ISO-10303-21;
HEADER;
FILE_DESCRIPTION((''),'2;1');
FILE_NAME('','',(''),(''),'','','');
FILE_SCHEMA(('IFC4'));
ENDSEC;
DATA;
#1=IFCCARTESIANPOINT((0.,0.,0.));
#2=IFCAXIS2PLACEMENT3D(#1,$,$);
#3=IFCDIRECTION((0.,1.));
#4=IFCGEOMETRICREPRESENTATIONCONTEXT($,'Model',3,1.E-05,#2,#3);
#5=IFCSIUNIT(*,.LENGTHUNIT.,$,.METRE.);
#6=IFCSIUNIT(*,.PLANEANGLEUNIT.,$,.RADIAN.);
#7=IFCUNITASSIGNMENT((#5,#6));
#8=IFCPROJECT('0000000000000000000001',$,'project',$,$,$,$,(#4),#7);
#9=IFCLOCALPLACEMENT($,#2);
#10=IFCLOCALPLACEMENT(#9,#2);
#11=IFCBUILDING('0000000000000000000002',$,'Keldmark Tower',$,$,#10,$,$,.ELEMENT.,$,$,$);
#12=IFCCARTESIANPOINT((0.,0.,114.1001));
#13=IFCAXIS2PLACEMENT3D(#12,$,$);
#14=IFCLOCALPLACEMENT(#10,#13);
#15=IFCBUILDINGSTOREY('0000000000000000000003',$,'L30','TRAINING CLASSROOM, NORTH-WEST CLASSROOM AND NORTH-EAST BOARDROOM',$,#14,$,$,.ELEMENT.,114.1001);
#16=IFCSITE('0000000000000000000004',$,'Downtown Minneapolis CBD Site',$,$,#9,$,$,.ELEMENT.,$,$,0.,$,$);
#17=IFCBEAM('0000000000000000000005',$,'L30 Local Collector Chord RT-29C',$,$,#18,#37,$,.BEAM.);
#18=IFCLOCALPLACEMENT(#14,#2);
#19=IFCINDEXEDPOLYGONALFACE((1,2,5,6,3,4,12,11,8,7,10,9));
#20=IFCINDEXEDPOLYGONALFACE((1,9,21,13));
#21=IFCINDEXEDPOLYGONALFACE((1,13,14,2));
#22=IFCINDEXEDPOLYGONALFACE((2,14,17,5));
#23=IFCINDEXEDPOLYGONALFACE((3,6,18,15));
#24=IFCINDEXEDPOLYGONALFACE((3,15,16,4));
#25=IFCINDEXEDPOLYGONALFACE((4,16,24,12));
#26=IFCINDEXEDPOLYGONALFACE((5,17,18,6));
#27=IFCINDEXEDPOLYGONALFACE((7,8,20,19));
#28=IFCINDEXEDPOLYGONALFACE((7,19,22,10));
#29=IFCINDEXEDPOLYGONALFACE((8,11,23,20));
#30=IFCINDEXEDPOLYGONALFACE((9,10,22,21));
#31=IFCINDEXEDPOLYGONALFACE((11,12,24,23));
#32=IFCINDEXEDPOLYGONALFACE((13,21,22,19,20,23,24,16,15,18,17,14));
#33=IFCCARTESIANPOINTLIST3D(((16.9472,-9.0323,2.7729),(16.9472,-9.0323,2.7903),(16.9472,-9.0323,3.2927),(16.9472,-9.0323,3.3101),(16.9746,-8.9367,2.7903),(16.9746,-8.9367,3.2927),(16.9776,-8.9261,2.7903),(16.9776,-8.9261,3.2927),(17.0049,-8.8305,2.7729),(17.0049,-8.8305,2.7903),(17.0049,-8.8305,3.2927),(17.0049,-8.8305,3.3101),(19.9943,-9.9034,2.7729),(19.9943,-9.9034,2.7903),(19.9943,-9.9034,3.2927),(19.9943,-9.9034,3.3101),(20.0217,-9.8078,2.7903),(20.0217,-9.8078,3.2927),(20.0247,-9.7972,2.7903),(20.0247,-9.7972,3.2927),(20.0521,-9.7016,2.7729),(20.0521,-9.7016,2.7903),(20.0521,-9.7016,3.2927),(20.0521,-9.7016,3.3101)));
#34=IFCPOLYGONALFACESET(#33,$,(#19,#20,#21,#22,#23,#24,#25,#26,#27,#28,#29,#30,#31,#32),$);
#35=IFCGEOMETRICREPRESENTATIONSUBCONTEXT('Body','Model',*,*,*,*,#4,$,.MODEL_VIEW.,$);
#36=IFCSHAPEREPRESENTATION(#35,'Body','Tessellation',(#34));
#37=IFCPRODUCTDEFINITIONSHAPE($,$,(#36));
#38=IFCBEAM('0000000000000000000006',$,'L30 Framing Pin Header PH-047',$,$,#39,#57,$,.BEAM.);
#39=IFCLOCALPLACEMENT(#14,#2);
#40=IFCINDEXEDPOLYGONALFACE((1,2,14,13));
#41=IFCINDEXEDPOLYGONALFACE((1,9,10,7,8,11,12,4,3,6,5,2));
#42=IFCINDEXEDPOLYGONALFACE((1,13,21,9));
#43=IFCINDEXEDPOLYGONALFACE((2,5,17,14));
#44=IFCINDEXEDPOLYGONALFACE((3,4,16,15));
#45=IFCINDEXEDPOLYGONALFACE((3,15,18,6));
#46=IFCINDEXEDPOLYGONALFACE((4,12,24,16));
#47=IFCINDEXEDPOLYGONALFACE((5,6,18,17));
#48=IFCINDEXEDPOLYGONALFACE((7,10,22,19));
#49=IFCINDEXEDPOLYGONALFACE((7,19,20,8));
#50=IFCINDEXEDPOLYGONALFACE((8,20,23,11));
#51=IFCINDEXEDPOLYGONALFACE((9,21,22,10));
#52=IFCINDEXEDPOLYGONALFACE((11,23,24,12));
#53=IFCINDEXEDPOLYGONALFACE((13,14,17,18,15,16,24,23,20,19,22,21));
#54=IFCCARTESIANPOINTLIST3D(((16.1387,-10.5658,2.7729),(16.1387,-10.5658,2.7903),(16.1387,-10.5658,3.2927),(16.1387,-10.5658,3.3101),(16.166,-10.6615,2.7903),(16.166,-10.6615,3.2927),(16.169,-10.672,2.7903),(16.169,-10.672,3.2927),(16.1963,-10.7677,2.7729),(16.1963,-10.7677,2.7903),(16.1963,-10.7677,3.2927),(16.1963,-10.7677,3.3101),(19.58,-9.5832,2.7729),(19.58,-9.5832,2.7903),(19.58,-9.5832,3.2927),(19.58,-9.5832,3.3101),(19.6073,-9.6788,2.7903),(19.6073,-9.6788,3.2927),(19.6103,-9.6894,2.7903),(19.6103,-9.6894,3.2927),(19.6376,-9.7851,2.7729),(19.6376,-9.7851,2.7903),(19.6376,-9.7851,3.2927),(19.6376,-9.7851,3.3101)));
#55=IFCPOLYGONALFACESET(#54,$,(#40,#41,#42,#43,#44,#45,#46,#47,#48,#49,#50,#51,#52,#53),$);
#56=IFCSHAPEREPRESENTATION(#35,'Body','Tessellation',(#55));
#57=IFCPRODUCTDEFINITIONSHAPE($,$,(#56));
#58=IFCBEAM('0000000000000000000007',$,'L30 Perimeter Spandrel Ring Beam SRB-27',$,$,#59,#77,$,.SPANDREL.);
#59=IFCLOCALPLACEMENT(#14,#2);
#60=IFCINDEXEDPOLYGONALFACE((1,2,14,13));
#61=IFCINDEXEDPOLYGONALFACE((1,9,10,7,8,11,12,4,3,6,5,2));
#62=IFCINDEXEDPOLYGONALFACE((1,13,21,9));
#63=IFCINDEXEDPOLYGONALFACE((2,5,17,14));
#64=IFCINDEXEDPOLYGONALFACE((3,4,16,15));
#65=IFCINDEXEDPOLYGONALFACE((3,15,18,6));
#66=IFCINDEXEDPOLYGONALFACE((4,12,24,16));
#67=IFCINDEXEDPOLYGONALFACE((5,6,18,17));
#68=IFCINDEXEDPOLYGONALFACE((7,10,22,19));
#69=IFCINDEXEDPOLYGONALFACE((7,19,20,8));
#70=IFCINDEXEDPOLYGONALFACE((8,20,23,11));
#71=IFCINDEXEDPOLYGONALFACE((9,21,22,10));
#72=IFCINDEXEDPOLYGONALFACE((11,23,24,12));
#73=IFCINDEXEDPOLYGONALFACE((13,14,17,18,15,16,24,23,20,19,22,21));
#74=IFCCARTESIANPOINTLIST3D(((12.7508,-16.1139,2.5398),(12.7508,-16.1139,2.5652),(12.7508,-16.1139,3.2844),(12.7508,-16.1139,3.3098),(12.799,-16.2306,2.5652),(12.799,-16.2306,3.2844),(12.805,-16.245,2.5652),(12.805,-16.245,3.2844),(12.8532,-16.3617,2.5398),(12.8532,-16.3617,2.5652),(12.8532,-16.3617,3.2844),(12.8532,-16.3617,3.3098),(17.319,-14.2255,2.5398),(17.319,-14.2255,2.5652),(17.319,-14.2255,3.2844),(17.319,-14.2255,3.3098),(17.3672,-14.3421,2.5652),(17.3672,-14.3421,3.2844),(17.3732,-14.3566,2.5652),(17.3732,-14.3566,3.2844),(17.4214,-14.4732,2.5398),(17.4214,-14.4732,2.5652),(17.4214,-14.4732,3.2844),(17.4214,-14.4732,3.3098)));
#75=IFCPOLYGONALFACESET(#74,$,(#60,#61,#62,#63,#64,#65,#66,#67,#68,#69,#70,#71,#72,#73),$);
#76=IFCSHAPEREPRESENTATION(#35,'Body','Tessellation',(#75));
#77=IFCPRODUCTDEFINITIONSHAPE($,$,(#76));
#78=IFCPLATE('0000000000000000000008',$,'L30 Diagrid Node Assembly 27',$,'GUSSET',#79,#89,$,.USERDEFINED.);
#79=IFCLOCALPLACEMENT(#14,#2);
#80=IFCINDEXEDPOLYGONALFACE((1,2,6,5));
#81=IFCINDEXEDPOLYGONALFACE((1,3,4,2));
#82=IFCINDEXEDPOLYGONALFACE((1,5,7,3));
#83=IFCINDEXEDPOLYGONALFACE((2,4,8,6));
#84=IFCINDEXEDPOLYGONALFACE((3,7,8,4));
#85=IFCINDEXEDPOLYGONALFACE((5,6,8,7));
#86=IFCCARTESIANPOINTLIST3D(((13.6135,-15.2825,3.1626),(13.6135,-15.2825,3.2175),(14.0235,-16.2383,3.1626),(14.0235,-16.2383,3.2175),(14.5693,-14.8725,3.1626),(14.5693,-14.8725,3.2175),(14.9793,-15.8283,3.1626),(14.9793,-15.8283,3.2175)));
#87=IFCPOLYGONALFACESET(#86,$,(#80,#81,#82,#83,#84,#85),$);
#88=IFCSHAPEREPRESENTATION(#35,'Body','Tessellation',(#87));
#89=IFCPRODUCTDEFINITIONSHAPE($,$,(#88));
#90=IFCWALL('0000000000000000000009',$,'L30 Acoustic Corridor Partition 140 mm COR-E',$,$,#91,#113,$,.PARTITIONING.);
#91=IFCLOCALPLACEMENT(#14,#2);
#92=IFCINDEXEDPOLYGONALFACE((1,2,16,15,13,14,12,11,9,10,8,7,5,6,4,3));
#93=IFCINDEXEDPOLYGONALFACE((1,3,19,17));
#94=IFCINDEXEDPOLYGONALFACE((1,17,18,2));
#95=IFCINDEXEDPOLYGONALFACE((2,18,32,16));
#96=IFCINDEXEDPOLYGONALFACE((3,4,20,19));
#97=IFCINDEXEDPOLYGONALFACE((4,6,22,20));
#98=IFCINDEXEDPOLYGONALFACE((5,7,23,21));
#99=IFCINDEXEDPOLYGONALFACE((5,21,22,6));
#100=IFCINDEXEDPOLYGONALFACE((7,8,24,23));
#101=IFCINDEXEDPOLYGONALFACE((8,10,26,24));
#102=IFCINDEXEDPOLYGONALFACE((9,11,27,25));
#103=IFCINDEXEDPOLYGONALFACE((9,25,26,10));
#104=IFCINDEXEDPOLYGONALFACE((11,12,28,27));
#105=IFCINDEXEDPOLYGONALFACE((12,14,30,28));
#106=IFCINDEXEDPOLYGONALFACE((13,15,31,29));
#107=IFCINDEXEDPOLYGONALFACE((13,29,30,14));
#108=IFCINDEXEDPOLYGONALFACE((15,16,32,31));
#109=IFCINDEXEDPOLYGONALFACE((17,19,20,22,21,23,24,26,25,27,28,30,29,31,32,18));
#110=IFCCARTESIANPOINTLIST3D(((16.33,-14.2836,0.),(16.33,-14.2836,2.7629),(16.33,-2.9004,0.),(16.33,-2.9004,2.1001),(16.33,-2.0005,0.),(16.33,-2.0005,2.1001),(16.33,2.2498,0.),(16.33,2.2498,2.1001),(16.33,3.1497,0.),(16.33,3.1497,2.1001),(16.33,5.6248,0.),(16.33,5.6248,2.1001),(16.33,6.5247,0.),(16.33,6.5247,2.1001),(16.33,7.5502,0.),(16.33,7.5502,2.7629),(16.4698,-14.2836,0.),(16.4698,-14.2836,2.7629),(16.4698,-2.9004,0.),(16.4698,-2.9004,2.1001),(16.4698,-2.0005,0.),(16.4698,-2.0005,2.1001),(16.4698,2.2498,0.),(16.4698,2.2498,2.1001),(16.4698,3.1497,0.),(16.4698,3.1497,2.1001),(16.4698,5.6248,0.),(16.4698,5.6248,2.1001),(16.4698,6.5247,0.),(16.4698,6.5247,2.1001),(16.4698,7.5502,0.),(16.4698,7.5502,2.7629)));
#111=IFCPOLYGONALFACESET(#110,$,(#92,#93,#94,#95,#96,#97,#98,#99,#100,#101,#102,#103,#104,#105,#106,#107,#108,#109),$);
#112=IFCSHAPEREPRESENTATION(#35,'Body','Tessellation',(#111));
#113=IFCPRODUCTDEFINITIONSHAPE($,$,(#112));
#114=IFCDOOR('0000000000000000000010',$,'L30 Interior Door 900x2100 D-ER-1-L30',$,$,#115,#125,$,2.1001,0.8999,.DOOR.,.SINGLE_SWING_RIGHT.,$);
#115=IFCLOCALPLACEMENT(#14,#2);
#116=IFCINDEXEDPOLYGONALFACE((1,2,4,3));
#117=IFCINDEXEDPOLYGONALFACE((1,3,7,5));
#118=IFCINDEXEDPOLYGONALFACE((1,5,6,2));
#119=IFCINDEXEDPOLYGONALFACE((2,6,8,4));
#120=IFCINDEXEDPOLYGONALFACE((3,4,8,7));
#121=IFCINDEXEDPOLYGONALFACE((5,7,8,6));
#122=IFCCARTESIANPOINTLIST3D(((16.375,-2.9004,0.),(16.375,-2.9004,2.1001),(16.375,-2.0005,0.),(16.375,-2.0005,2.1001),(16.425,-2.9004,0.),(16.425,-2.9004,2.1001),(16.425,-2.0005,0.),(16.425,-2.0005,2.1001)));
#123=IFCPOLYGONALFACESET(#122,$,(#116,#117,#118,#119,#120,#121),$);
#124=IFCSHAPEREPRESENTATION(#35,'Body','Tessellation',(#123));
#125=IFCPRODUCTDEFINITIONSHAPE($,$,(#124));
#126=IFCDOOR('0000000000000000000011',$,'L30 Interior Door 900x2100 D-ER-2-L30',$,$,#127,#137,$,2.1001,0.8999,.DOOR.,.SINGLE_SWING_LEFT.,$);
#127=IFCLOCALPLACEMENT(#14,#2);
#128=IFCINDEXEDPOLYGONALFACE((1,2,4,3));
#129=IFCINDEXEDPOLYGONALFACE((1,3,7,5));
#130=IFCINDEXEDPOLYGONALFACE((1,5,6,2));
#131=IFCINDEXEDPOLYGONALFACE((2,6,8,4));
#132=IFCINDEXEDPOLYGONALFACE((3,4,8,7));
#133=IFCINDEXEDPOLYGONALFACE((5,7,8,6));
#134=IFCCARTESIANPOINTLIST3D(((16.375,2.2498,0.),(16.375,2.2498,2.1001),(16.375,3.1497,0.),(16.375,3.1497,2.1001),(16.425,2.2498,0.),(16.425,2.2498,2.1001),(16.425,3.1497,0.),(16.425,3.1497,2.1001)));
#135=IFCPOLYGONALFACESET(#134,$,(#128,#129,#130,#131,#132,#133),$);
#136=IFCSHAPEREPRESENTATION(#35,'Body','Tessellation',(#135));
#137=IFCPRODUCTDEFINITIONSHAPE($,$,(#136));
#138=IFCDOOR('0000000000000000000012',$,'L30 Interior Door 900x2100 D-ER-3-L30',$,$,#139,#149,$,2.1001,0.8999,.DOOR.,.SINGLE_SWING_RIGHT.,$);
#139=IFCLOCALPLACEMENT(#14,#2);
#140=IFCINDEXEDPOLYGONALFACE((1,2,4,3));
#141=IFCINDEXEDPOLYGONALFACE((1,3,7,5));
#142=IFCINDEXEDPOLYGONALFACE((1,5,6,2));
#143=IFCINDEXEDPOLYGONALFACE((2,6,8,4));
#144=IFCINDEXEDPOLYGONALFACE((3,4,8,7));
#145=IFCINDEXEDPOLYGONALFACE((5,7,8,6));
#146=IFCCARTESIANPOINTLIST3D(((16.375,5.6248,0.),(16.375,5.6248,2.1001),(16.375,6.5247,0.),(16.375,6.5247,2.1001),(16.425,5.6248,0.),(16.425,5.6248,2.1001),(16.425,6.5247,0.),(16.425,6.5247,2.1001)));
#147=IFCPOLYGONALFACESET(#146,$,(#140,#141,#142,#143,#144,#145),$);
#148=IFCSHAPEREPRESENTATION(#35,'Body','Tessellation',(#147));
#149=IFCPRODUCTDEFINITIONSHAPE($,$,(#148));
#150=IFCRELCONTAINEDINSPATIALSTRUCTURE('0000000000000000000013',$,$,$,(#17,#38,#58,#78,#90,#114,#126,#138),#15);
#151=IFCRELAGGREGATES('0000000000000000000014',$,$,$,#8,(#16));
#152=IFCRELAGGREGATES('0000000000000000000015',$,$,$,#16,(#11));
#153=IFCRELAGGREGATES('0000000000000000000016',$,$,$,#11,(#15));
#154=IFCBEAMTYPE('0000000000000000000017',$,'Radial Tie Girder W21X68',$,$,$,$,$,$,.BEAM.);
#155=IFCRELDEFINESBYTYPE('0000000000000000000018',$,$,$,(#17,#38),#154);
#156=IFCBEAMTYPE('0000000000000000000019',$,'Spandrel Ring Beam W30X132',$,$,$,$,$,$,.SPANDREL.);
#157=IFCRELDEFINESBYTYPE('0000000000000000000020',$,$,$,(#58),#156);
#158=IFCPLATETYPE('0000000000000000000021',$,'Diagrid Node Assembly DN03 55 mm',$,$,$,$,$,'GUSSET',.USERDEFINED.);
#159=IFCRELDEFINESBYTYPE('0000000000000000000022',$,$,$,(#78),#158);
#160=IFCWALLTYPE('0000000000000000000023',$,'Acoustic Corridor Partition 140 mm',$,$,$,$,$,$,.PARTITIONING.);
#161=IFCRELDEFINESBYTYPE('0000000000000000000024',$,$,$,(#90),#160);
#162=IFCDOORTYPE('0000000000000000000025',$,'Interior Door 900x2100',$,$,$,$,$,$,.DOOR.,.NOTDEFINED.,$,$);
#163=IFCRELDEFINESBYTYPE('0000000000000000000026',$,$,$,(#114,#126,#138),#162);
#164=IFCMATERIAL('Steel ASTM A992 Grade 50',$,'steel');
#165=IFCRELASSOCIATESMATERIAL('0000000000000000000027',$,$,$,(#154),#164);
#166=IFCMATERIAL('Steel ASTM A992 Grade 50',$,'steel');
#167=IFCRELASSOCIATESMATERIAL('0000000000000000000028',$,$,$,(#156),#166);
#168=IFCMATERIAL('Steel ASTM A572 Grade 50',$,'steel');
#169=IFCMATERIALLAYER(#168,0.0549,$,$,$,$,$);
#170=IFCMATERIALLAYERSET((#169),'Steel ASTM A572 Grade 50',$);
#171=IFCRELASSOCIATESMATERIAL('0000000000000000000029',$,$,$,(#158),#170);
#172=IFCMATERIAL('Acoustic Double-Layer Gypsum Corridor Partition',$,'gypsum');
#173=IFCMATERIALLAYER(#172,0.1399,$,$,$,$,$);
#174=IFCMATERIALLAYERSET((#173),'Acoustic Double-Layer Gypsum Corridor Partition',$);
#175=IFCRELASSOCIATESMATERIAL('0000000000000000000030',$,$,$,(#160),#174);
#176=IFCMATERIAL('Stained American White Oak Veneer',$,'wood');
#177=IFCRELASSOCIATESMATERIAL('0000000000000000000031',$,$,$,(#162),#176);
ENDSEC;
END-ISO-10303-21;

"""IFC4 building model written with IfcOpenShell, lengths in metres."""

from ifc_helpers import new_model, si_unit, direction, frame, frame_2d, origin, origin_2d, place, context, subcontext, project, spatial, rectangle, i_section, extrude, material, layer, layer_set, material_profile, profile_set, type_object, element, fill, save


model = new_model("IFC4")

# Units and contexts
model_context = context("Model", 3, precision=1e-05, world=origin(), true_north=direction((0.0, 1.0)))
body_context = subcontext(model_context, "Body", "Model", "MODEL_VIEW")
ifc_project = project(units=[si_unit("LENGTHUNIT", "METRE"), si_unit("PLANEANGLEUNIT", "RADIAN")], contexts=[model_context])

# Site, building, storey
site_placement = place(None, origin())
site = spatial("IfcSite", under=ifc_project, at=site_placement, Name="Downtown Minneapolis CBD Site", CompositionType="ELEMENT", RefElevation=0.0)
building_placement = place(site_placement, origin())
building = spatial("IfcBuilding", under=site, at=building_placement, Name="Keldmark Tower", CompositionType="ELEMENT")
storey_placement = place(building_placement, frame((0.0, 0.0, 114.1001)))
storey = spatial("IfcBuildingStorey", under=building, at=storey_placement, Name="L30", Description="TRAINING CLASSROOM, NORTH-WEST CLASSROOM AND NORTH-EAST BOARDROOM", CompositionType="ELEMENT", Elevation=114.1001)

# Beams
ifc_material_1 = material(Name="Steel ASTM A992 Grade 50", Category="steel")
ifc_material_profile_1 = material_profile(ifc_material_1, i_section(OverallWidth=0.21, OverallDepth=0.5371, WebThickness=0.011, FlangeThickness=0.0173, at=origin_2d()), Name="W21X68")
ifc_profile_set_1 = profile_set([ifc_material_profile_1], Name="Steel ASTM A992 Grade 50")
beam_type_1 = type_object("IfcBeamType", Name="Radial Tie Girder W21X68", PredefinedType="BEAM", material=ifc_profile_set_1)
beam_1_placement = place(storey_placement, frame((16.9761, -8.9314, 3.0415), z_axis=(0.961483, -0.274864, 0.0), x_axis=(0.274864, 0.961483, 0.0)))
element("IfcBeam", 1, at=beam_1_placement, inside=storey, type_object=beam_type_1, Name="L30 Local Collector Chord RT-29C", PredefinedType="BEAM", context=body_context, shape_type="SweptSolid", body=[
    extrude(i_section(OverallWidth=0.21, OverallDepth=0.5371, WebThickness=0.011, FlangeThickness=0.0173, at=origin_2d()), origin(), (0.0, 0.0, 1.0), 3.1692),
])
beam_2_placement = place(storey_placement, frame((16.1675, -10.6667, 3.0415), z_axis=(0.961568, 0.274568, 0.0), x_axis=(-0.274568, 0.961568, 0.0)))
element("IfcBeam", 2, at=beam_2_placement, inside=storey, type_object=beam_type_1, Name="L30 Framing Pin Header PH-047", PredefinedType="BEAM", context=body_context, shape_type="SweptSolid", body=[
    extrude(i_section(OverallWidth=0.21, OverallDepth=0.5371, WebThickness=0.011, FlangeThickness=0.0173, at=origin_2d()), origin(), (0.0, 0.0, 1.0), 3.5789),
])
ifc_material_2 = material(Name="Steel ASTM A992 Grade 50", Category="steel")
ifc_material_profile_2 = material_profile(ifc_material_2, i_section(OverallWidth=0.2681, OverallDepth=0.77, WebThickness=0.0156, FlangeThickness=0.0254, at=origin_2d()), Name="W30X132")
ifc_profile_set_2 = profile_set([ifc_material_profile_2], Name="Steel ASTM A992 Grade 50")
beam_type_2 = type_object("IfcBeamType", Name="Spandrel Ring Beam W30X132", PredefinedType="SPANDREL", material=ifc_profile_set_2)
beam_3_placement = place(storey_placement, frame((12.802, -16.2378, 2.9248), z_axis=(0.924147, 0.382036, 0.0), x_axis=(-0.382036, 0.924147, 0.0)))
element("IfcBeam", 3, at=beam_3_placement, inside=storey, type_object=beam_type_2, Name="L30 Perimeter Spandrel Ring Beam SRB-27", PredefinedType="SPANDREL", context=body_context, shape_type="SweptSolid", body=[
    extrude(i_section(OverallWidth=0.2681, OverallDepth=0.77, WebThickness=0.0156, FlangeThickness=0.0254, at=origin_2d()), origin(), (0.0, 0.0, 1.0), 4.9431),
])

# Plate
ifc_material_3 = material(Name="Steel ASTM A572 Grade 50", Category="steel")
ifc_layer_1 = layer(ifc_material_3, 0.0549)
ifc_layer_set_1 = layer_set([ifc_layer_1], Name="Steel ASTM A572 Grade 50")
plate_type = type_object("IfcPlateType", Name="Diagrid Node Assembly DN03 55 mm", ElementType="GUSSET", PredefinedType="USERDEFINED", material=ifc_layer_set_1)
plate_placement = place(storey_placement, frame((14.2964, -15.5554, 3.1626), z_axis=(0.0, 0.0, 1.0), x_axis=(0.918998, 0.394263, 0.0)))
element("IfcPlate", 4, at=plate_placement, inside=storey, type_object=plate_type, Name="L30 Diagrid Node Assembly 27", ObjectType="GUSSET", PredefinedType="USERDEFINED", context=body_context, shape_type="SweptSolid", body=[
    extrude(rectangle(XDim=1.04, YDim=1.04, at=origin_2d()), origin(), (0.0, 0.0, 1.0), 0.0549),
])

# Wall, openings, doors
ifc_material_4 = material(Name="Acoustic Double-Layer Gypsum Corridor Partition", Category="gypsum")
ifc_layer_2 = layer(ifc_material_4, 0.1399)
ifc_layer_set_2 = layer_set([ifc_layer_2], Name="Acoustic Double-Layer Gypsum Corridor Partition")
wall_type_1 = type_object("IfcWallType", Name="Acoustic Corridor Partition 140 mm", PredefinedType="PARTITIONING", material=ifc_layer_set_2)
wall_1_placement = place(storey_placement, frame((16.3999, -14.2837, 0.0), z_axis=(0.0, 0.0, 1.0), x_axis=(0.0, 1.0, 0.0)))
wall_1 = element("IfcWall", 5, at=wall_1_placement, inside=storey, type_object=wall_type_1, Name="L30 Acoustic Corridor Partition 140 mm COR-E", PredefinedType="PARTITIONING", context=body_context, shape_type="SweptSolid", body=[
    extrude(rectangle(XDim=21.8337, YDim=0.1399, at=frame_2d((10.917, 0.0))), origin(), (0.0, 0.0, 1.0), 2.7629),
])
opening_1_placement = place(wall_1_placement, frame((11.3833, 0.0, 0.0)))
opening_1 = element("IfcOpeningElement", 6, at=opening_1_placement, cuts=wall_1, PredefinedType="OPENING", context=body_context, shape_type="SweptSolid", body=[
    extrude(rectangle(XDim=0.8999, YDim=2.1001, at=frame_2d((0.45, 1.05))), frame((0.0, 0.0798, 0.0), z_axis=(0.0, -1.0, 0.0), x_axis=(1.0, 0.0, 0.0)), (0.0, 0.0, 1.0), 0.1599),
])
opening_2_placement = place(wall_1_placement, frame((16.5334, 0.0, 0.0)))
opening_2 = element("IfcOpeningElement", 7, at=opening_2_placement, cuts=wall_1, PredefinedType="OPENING", context=body_context, shape_type="SweptSolid", body=[
    extrude(rectangle(XDim=0.8999, YDim=2.1001, at=frame_2d((0.45, 1.05))), frame((0.0, 0.0798, 0.0), z_axis=(0.0, -1.0, 0.0), x_axis=(1.0, 0.0, 0.0)), (0.0, 0.0, 1.0), 0.1599),
])
opening_3_placement = place(wall_1_placement, frame((19.9084, 0.0, 0.0)))
opening_3 = element("IfcOpeningElement", 8, at=opening_3_placement, cuts=wall_1, PredefinedType="OPENING", context=body_context, shape_type="SweptSolid", body=[
    extrude(rectangle(XDim=0.8999, YDim=2.1001, at=frame_2d((0.45, 1.05))), frame((0.0, 0.0798, 0.0), z_axis=(0.0, -1.0, 0.0), x_axis=(1.0, 0.0, 0.0)), (0.0, 0.0, 1.0), 0.1599),
])
ifc_material_5 = material(Name="Stained American White Oak Veneer", Category="wood")
door_type = type_object("IfcDoorType", Name="Interior Door 900x2100", OperationType="NOTDEFINED", PredefinedType="DOOR", material=ifc_material_5)
door_1_placement = place(opening_1_placement, origin())
door_1 = element("IfcDoor", 9, at=door_1_placement, inside=storey, type_object=door_type, Name="L30 Interior Door 900x2100 D-ER-1-L30", OperationType="SINGLE_SWING_RIGHT", OverallHeight=2.1001, OverallWidth=0.8999, PredefinedType="DOOR", context=body_context, shape_type="SweptSolid", body=[
    extrude(rectangle(XDim=0.8999, YDim=2.1001, at=frame_2d((0.45, 1.05))), frame((0.0, 0.0249, 0.0), z_axis=(0.0, -1.0, 0.0), x_axis=(1.0, 0.0, 0.0)), (0.0, 0.0, 1.0), 0.05),
])
fill(opening_1, door_1)
door_2_placement = place(opening_2_placement, origin())
door_2 = element("IfcDoor", 10, at=door_2_placement, inside=storey, type_object=door_type, Name="L30 Interior Door 900x2100 D-ER-2-L30", OperationType="SINGLE_SWING_LEFT", OverallHeight=2.1001, OverallWidth=0.8999, PredefinedType="DOOR", context=body_context, shape_type="SweptSolid", body=[
    extrude(rectangle(XDim=0.8999, YDim=2.1001, at=frame_2d((0.45, 1.05))), frame((0.0, 0.0249, 0.0), z_axis=(0.0, -1.0, 0.0), x_axis=(1.0, 0.0, 0.0)), (0.0, 0.0, 1.0), 0.05),
])
fill(opening_2, door_2)
door_3_placement = place(opening_3_placement, origin())
door_3 = element("IfcDoor", 11, at=door_3_placement, inside=storey, type_object=door_type, Name="L30 Interior Door 900x2100 D-ER-3-L30", OperationType="SINGLE_SWING_RIGHT", OverallHeight=2.1001, OverallWidth=0.8999, PredefinedType="DOOR", context=body_context, shape_type="SweptSolid", body=[
    extrude(rectangle(XDim=0.8999, YDim=2.1001, at=frame_2d((0.45, 1.05))), frame((0.0, 0.0249, 0.0), z_axis=(0.0, -1.0, 0.0), x_axis=(1.0, 0.0, 0.0)), (0.0, 0.0, 1.0), 0.05),
])
fill(opening_3, door_3)

save(model, "model.ifc")
